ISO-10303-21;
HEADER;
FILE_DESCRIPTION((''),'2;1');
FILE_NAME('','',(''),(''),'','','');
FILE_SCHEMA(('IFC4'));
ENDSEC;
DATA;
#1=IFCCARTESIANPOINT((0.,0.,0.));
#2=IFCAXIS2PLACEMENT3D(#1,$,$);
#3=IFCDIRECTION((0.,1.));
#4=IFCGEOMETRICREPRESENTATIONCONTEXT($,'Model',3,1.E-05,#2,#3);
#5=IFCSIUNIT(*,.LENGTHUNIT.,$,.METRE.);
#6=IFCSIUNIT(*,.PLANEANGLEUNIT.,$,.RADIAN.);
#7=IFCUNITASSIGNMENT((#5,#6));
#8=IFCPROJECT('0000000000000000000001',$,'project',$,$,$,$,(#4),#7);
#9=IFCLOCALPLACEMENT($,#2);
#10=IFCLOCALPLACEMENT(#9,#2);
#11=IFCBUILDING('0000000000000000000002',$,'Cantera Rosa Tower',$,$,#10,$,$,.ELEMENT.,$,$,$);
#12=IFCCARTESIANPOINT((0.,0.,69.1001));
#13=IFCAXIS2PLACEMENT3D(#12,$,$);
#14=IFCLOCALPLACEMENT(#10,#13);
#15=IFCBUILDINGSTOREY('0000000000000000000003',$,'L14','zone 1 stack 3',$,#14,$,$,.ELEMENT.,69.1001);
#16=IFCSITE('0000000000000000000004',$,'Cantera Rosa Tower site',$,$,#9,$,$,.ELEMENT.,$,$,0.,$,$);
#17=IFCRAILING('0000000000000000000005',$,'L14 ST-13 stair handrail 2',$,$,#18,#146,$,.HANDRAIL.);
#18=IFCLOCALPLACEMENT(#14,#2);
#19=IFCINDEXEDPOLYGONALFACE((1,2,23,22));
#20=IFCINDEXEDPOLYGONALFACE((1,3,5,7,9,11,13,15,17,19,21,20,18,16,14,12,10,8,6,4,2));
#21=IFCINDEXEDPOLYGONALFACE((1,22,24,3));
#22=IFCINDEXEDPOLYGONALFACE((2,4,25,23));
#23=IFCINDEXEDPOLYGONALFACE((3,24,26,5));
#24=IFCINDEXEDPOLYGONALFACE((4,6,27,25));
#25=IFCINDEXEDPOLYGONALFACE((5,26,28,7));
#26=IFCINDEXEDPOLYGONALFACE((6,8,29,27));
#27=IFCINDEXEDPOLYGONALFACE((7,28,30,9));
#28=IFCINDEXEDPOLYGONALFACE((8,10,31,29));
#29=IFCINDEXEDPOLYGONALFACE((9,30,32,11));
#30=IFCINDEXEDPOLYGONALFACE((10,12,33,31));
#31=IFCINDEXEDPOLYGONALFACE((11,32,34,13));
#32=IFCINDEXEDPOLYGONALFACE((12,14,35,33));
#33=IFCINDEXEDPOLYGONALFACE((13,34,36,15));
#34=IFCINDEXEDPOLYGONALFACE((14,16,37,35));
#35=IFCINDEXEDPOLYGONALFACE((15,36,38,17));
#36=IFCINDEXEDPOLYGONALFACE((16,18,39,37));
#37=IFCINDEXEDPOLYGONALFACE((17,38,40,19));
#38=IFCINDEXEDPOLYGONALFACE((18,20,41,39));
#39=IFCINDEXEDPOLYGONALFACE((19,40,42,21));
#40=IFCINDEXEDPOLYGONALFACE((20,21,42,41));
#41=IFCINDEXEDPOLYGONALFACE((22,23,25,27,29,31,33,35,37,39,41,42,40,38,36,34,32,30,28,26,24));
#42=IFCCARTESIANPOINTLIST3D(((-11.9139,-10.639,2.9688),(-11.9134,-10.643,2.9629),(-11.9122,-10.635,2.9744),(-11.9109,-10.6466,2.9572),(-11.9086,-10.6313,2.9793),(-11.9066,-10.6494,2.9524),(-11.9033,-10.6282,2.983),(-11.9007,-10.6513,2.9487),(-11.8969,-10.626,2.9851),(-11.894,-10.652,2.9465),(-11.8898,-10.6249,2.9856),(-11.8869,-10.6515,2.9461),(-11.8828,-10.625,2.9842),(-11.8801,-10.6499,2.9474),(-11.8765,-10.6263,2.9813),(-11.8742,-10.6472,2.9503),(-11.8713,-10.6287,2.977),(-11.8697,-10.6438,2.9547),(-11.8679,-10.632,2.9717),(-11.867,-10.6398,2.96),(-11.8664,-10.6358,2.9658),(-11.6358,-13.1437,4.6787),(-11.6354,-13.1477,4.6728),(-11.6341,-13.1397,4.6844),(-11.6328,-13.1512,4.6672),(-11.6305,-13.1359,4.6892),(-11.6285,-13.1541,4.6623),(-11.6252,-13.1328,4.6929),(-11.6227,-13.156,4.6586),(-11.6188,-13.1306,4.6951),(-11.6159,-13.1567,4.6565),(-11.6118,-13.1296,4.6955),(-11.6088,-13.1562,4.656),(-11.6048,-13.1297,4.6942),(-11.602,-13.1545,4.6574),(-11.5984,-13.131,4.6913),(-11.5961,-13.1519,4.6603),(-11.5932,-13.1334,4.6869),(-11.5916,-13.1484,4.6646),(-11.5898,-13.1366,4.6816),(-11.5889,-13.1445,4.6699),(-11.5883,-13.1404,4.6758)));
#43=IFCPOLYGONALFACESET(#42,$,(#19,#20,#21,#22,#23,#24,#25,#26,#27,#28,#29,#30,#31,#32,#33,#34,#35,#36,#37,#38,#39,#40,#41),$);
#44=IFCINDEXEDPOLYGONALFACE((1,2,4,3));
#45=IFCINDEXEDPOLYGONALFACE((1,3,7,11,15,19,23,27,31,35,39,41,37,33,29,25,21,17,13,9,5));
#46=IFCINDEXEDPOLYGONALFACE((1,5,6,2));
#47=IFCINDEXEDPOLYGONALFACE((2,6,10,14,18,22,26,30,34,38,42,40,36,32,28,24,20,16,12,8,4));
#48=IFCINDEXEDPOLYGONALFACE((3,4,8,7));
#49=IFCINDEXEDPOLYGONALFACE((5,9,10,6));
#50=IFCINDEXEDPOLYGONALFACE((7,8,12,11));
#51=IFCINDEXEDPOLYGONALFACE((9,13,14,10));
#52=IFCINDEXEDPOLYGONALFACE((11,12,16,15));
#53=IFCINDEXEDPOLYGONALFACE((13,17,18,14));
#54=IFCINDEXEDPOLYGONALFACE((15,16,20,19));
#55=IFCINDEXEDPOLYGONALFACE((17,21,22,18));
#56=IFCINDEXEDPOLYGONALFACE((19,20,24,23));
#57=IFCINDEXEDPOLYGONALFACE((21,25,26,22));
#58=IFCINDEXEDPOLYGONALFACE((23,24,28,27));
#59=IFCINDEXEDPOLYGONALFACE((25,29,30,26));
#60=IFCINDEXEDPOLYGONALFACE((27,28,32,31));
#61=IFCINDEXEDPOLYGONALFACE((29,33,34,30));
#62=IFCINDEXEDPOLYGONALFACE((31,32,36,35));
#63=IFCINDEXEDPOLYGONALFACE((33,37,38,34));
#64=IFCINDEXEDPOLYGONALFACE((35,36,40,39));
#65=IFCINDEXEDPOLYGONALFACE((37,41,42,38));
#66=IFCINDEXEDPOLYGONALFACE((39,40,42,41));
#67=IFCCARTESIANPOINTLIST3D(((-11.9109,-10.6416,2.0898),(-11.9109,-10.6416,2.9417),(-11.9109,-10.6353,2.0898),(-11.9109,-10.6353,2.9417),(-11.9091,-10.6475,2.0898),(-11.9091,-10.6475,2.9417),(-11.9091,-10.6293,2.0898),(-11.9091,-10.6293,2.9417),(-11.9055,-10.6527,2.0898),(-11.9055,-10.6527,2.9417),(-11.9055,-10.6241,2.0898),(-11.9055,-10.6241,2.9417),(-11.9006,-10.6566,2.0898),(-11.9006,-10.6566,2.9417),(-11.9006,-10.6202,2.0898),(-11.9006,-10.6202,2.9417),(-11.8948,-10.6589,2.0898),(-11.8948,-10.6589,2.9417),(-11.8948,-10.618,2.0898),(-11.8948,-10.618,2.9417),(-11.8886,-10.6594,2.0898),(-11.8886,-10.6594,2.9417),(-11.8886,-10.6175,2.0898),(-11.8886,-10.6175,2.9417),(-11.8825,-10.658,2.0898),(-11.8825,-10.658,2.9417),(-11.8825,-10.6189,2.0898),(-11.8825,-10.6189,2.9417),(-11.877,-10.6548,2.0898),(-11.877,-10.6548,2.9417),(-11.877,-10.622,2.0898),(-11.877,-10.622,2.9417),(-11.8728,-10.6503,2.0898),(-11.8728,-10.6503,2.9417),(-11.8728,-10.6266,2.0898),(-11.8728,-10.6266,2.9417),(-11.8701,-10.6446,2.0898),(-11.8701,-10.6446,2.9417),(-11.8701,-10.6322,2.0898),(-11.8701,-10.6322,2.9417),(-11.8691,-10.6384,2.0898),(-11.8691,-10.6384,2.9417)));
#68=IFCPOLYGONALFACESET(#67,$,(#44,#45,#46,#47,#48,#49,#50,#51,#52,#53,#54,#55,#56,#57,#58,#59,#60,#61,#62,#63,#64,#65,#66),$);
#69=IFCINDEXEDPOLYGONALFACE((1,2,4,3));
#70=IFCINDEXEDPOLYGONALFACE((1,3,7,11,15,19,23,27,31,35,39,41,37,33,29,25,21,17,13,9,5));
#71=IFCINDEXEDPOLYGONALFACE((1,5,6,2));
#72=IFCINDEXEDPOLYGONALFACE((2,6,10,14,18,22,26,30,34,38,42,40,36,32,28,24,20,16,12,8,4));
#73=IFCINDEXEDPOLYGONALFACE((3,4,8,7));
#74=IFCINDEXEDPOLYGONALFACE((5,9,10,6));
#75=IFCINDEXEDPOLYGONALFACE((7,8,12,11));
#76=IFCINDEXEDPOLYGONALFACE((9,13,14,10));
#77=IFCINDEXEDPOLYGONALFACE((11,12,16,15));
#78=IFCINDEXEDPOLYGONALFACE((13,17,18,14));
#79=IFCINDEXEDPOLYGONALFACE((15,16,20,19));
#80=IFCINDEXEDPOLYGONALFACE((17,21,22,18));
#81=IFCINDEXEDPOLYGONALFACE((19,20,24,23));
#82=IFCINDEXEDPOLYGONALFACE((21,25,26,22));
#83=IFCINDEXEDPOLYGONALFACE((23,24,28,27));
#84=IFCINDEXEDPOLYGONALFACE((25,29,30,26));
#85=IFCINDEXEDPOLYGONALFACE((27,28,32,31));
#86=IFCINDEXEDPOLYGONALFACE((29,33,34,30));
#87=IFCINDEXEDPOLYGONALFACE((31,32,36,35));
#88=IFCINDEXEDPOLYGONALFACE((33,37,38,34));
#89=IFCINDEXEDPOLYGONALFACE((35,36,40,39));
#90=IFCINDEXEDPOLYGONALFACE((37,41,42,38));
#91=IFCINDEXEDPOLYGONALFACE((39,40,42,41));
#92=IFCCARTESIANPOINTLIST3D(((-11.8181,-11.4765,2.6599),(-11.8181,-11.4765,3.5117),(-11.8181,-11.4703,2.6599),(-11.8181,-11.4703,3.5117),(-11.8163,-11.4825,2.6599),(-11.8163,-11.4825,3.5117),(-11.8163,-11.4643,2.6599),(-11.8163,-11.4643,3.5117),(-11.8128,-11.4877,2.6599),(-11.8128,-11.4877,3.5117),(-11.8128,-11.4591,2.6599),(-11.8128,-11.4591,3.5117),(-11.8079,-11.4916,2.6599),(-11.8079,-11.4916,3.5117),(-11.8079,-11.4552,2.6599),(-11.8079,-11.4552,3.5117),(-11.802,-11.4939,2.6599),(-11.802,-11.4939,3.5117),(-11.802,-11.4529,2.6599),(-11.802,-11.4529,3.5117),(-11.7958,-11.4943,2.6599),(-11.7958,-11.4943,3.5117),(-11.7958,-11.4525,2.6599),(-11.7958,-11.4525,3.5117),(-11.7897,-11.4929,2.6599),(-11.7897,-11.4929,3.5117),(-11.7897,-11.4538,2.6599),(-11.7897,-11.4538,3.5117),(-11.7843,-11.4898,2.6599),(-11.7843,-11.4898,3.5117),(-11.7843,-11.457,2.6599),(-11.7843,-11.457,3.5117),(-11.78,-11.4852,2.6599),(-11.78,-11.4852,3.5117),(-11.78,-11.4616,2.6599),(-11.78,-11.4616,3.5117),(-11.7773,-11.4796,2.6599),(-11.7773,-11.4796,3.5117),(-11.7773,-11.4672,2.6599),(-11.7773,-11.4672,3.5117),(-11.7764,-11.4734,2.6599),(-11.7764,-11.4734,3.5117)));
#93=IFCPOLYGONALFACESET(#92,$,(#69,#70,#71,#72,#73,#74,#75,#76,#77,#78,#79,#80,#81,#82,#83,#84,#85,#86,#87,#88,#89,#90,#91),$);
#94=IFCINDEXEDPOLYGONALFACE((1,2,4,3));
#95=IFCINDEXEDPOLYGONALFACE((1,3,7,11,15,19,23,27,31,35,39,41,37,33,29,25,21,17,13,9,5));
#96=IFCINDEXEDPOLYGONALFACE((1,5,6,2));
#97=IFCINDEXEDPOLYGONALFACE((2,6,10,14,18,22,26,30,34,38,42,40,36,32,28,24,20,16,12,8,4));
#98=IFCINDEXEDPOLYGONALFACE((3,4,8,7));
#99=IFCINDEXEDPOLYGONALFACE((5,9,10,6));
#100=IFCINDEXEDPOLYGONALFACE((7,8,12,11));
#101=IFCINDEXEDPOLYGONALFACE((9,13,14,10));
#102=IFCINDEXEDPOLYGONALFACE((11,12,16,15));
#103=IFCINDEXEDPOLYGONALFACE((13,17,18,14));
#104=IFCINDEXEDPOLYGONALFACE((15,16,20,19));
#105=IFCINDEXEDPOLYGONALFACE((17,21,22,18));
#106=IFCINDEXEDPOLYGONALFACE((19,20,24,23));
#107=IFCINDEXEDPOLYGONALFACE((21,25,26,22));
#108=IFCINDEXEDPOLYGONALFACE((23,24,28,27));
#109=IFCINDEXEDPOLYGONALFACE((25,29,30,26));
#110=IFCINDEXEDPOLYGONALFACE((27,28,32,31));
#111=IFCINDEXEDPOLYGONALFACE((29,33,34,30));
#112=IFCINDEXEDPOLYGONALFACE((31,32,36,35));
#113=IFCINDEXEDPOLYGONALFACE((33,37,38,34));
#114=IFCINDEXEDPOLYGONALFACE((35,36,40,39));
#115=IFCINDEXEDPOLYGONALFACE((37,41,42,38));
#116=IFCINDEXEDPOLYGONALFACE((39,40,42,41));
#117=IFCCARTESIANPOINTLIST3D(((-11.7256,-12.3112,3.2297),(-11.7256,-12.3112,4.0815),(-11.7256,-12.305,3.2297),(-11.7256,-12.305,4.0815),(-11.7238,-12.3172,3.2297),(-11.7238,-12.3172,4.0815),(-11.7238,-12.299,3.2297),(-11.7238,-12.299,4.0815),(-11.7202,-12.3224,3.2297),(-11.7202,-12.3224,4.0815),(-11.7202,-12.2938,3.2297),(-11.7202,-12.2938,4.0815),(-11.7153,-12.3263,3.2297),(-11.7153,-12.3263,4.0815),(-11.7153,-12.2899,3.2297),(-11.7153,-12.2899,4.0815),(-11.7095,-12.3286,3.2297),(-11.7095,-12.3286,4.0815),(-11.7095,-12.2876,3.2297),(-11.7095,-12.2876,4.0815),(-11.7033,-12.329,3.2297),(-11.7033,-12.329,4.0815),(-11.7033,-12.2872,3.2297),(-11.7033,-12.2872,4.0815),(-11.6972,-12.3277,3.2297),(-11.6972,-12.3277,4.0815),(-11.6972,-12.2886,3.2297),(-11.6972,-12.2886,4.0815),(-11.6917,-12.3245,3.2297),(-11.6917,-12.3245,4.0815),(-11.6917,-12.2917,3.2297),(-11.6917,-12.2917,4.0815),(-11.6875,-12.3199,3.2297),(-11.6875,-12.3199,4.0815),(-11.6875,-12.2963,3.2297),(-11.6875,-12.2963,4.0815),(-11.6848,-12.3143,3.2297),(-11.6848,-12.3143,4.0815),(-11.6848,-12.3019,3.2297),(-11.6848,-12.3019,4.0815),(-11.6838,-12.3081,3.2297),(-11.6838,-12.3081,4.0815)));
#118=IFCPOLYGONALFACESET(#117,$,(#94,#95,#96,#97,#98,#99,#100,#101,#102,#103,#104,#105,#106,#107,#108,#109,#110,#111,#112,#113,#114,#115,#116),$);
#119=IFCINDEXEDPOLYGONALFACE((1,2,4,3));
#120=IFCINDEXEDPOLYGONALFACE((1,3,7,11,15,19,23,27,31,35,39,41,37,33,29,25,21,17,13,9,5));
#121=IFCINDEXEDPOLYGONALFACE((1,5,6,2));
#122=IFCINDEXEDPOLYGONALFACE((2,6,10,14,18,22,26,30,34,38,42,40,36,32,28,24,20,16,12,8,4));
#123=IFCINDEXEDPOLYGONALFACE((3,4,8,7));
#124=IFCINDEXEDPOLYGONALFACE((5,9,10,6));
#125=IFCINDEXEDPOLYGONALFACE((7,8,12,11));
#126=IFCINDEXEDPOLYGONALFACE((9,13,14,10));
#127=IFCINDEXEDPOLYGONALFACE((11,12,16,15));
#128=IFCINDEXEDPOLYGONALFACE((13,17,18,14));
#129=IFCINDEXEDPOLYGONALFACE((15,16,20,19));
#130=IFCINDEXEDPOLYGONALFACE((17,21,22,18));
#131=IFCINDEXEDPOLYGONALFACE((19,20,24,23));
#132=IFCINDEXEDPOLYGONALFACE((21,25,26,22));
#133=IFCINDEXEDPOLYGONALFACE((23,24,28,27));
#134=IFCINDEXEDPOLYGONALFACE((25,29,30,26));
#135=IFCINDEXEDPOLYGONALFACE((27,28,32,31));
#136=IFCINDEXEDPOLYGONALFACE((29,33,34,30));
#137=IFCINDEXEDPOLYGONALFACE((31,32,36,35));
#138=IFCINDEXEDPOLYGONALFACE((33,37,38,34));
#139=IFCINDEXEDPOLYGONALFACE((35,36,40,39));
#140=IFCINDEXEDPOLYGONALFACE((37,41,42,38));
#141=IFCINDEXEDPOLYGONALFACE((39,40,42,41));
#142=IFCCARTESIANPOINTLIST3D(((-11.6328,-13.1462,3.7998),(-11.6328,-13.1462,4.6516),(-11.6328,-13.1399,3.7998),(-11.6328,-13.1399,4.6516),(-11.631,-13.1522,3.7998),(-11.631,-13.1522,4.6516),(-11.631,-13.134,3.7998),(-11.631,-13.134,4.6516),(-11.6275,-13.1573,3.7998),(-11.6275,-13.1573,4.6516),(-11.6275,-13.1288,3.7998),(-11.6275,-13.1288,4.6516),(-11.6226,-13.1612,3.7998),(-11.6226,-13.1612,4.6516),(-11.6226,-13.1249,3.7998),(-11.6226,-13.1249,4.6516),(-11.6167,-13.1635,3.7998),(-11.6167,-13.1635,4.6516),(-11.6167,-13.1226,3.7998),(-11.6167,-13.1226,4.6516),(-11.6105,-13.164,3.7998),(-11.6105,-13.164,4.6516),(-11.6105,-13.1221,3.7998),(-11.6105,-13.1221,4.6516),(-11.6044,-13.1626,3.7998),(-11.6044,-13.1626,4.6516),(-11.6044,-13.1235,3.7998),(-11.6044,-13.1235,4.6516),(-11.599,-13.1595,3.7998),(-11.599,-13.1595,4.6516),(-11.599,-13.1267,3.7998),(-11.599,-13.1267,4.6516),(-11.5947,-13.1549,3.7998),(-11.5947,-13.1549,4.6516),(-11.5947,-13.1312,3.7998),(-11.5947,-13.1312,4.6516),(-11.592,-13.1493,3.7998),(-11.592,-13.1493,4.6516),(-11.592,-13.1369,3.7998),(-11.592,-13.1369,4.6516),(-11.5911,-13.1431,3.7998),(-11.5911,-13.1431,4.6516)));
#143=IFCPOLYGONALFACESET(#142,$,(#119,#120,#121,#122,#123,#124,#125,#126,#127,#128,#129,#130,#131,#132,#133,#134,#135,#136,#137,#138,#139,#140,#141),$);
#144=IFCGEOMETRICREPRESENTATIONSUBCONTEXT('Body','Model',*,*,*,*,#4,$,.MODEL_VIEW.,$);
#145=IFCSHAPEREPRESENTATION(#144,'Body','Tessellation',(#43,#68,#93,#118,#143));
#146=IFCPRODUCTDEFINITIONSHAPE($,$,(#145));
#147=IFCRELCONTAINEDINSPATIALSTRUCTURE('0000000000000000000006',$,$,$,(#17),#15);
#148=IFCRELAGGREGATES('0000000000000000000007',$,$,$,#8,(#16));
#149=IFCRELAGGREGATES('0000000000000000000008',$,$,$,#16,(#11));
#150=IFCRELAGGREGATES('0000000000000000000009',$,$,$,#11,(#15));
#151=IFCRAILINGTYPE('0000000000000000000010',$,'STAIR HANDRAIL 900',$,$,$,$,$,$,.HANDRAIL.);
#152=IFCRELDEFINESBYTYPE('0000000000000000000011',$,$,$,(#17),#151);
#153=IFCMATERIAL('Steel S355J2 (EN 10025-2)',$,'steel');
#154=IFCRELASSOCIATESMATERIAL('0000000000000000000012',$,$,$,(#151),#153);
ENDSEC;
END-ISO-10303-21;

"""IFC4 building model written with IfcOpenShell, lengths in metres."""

from ifc_helpers import new_model, si_unit, direction, frame, origin, origin_2d, place, context, subcontext, project, spatial, circle, extrude, material, type_object, element, save


model = new_model("IFC4")

# Units and contexts
model_context = context("Model", 3, precision=1e-05, world=origin(), true_north=direction((0.0, 1.0)))
body_context = subcontext(model_context, "Body", "Model", "MODEL_VIEW")
ifc_project = project(units=[si_unit("LENGTHUNIT", "METRE"), si_unit("PLANEANGLEUNIT", "RADIAN")], contexts=[model_context])

# Site, building, storey
site_placement = place(None, origin())
site = spatial("IfcSite", under=ifc_project, at=site_placement, Name="Cantera Rosa Tower site", CompositionType="ELEMENT", RefElevation=0.0)
building_placement = place(site_placement, origin())
building = spatial("IfcBuilding", under=site, at=building_placement, Name="Cantera Rosa Tower", CompositionType="ELEMENT")
storey_placement = place(building_placement, frame((0.0, 0.0, 69.1001)))
storey = spatial("IfcBuildingStorey", under=building, at=storey_placement, Name="L14", Description="zone 1 stack 3", CompositionType="ELEMENT", Elevation=69.1001)

# Railing
ifc_material_1 = material(Name="Steel S355J2 (EN 10025-2)", Category="steel")
railing_type_1 = type_object("IfcRailingType", Name="STAIR HANDRAIL 900", PredefinedType="HANDRAIL", material=ifc_material_1)
railing_1_placement = place(storey_placement, frame((-11.8901, -10.6384, 2.0898)))
element("IfcRailing", 1, at=railing_1_placement, inside=storey, type_object=railing_type_1, Name="L14 ST-13 stair handrail 2", PredefinedType="HANDRAIL", context=body_context, shape_type="SweptSolid", body=[
    extrude(circle(Radius=0.0239, at=origin_2d()), frame((0.0, 0.0, 0.876), z_axis=(0.09131, -0.822431, 0.561488), x_axis=(0.993893, 0.110346, 0.0)), (0.0, 0.0, 1.0), 3.0454),
    extrude(circle(Radius=0.021, at=origin_2d()), origin(), (0.0, 0.0, 1.0), 0.8518),
    extrude(circle(Radius=0.021, at=origin_2d()), frame((0.0928, -0.835, 0.5701)), (0.0, 0.0, 1.0), 0.8518),
    extrude(circle(Radius=0.021, at=origin_2d()), frame((0.1853, -1.6697, 1.1399)), (0.0, 0.0, 1.0), 0.8518),
    extrude(circle(Radius=0.021, at=origin_2d()), frame((0.2781, -2.5046, 1.71)), (0.0, 0.0, 1.0), 0.8518),
])

save(model, "model.ifc")
